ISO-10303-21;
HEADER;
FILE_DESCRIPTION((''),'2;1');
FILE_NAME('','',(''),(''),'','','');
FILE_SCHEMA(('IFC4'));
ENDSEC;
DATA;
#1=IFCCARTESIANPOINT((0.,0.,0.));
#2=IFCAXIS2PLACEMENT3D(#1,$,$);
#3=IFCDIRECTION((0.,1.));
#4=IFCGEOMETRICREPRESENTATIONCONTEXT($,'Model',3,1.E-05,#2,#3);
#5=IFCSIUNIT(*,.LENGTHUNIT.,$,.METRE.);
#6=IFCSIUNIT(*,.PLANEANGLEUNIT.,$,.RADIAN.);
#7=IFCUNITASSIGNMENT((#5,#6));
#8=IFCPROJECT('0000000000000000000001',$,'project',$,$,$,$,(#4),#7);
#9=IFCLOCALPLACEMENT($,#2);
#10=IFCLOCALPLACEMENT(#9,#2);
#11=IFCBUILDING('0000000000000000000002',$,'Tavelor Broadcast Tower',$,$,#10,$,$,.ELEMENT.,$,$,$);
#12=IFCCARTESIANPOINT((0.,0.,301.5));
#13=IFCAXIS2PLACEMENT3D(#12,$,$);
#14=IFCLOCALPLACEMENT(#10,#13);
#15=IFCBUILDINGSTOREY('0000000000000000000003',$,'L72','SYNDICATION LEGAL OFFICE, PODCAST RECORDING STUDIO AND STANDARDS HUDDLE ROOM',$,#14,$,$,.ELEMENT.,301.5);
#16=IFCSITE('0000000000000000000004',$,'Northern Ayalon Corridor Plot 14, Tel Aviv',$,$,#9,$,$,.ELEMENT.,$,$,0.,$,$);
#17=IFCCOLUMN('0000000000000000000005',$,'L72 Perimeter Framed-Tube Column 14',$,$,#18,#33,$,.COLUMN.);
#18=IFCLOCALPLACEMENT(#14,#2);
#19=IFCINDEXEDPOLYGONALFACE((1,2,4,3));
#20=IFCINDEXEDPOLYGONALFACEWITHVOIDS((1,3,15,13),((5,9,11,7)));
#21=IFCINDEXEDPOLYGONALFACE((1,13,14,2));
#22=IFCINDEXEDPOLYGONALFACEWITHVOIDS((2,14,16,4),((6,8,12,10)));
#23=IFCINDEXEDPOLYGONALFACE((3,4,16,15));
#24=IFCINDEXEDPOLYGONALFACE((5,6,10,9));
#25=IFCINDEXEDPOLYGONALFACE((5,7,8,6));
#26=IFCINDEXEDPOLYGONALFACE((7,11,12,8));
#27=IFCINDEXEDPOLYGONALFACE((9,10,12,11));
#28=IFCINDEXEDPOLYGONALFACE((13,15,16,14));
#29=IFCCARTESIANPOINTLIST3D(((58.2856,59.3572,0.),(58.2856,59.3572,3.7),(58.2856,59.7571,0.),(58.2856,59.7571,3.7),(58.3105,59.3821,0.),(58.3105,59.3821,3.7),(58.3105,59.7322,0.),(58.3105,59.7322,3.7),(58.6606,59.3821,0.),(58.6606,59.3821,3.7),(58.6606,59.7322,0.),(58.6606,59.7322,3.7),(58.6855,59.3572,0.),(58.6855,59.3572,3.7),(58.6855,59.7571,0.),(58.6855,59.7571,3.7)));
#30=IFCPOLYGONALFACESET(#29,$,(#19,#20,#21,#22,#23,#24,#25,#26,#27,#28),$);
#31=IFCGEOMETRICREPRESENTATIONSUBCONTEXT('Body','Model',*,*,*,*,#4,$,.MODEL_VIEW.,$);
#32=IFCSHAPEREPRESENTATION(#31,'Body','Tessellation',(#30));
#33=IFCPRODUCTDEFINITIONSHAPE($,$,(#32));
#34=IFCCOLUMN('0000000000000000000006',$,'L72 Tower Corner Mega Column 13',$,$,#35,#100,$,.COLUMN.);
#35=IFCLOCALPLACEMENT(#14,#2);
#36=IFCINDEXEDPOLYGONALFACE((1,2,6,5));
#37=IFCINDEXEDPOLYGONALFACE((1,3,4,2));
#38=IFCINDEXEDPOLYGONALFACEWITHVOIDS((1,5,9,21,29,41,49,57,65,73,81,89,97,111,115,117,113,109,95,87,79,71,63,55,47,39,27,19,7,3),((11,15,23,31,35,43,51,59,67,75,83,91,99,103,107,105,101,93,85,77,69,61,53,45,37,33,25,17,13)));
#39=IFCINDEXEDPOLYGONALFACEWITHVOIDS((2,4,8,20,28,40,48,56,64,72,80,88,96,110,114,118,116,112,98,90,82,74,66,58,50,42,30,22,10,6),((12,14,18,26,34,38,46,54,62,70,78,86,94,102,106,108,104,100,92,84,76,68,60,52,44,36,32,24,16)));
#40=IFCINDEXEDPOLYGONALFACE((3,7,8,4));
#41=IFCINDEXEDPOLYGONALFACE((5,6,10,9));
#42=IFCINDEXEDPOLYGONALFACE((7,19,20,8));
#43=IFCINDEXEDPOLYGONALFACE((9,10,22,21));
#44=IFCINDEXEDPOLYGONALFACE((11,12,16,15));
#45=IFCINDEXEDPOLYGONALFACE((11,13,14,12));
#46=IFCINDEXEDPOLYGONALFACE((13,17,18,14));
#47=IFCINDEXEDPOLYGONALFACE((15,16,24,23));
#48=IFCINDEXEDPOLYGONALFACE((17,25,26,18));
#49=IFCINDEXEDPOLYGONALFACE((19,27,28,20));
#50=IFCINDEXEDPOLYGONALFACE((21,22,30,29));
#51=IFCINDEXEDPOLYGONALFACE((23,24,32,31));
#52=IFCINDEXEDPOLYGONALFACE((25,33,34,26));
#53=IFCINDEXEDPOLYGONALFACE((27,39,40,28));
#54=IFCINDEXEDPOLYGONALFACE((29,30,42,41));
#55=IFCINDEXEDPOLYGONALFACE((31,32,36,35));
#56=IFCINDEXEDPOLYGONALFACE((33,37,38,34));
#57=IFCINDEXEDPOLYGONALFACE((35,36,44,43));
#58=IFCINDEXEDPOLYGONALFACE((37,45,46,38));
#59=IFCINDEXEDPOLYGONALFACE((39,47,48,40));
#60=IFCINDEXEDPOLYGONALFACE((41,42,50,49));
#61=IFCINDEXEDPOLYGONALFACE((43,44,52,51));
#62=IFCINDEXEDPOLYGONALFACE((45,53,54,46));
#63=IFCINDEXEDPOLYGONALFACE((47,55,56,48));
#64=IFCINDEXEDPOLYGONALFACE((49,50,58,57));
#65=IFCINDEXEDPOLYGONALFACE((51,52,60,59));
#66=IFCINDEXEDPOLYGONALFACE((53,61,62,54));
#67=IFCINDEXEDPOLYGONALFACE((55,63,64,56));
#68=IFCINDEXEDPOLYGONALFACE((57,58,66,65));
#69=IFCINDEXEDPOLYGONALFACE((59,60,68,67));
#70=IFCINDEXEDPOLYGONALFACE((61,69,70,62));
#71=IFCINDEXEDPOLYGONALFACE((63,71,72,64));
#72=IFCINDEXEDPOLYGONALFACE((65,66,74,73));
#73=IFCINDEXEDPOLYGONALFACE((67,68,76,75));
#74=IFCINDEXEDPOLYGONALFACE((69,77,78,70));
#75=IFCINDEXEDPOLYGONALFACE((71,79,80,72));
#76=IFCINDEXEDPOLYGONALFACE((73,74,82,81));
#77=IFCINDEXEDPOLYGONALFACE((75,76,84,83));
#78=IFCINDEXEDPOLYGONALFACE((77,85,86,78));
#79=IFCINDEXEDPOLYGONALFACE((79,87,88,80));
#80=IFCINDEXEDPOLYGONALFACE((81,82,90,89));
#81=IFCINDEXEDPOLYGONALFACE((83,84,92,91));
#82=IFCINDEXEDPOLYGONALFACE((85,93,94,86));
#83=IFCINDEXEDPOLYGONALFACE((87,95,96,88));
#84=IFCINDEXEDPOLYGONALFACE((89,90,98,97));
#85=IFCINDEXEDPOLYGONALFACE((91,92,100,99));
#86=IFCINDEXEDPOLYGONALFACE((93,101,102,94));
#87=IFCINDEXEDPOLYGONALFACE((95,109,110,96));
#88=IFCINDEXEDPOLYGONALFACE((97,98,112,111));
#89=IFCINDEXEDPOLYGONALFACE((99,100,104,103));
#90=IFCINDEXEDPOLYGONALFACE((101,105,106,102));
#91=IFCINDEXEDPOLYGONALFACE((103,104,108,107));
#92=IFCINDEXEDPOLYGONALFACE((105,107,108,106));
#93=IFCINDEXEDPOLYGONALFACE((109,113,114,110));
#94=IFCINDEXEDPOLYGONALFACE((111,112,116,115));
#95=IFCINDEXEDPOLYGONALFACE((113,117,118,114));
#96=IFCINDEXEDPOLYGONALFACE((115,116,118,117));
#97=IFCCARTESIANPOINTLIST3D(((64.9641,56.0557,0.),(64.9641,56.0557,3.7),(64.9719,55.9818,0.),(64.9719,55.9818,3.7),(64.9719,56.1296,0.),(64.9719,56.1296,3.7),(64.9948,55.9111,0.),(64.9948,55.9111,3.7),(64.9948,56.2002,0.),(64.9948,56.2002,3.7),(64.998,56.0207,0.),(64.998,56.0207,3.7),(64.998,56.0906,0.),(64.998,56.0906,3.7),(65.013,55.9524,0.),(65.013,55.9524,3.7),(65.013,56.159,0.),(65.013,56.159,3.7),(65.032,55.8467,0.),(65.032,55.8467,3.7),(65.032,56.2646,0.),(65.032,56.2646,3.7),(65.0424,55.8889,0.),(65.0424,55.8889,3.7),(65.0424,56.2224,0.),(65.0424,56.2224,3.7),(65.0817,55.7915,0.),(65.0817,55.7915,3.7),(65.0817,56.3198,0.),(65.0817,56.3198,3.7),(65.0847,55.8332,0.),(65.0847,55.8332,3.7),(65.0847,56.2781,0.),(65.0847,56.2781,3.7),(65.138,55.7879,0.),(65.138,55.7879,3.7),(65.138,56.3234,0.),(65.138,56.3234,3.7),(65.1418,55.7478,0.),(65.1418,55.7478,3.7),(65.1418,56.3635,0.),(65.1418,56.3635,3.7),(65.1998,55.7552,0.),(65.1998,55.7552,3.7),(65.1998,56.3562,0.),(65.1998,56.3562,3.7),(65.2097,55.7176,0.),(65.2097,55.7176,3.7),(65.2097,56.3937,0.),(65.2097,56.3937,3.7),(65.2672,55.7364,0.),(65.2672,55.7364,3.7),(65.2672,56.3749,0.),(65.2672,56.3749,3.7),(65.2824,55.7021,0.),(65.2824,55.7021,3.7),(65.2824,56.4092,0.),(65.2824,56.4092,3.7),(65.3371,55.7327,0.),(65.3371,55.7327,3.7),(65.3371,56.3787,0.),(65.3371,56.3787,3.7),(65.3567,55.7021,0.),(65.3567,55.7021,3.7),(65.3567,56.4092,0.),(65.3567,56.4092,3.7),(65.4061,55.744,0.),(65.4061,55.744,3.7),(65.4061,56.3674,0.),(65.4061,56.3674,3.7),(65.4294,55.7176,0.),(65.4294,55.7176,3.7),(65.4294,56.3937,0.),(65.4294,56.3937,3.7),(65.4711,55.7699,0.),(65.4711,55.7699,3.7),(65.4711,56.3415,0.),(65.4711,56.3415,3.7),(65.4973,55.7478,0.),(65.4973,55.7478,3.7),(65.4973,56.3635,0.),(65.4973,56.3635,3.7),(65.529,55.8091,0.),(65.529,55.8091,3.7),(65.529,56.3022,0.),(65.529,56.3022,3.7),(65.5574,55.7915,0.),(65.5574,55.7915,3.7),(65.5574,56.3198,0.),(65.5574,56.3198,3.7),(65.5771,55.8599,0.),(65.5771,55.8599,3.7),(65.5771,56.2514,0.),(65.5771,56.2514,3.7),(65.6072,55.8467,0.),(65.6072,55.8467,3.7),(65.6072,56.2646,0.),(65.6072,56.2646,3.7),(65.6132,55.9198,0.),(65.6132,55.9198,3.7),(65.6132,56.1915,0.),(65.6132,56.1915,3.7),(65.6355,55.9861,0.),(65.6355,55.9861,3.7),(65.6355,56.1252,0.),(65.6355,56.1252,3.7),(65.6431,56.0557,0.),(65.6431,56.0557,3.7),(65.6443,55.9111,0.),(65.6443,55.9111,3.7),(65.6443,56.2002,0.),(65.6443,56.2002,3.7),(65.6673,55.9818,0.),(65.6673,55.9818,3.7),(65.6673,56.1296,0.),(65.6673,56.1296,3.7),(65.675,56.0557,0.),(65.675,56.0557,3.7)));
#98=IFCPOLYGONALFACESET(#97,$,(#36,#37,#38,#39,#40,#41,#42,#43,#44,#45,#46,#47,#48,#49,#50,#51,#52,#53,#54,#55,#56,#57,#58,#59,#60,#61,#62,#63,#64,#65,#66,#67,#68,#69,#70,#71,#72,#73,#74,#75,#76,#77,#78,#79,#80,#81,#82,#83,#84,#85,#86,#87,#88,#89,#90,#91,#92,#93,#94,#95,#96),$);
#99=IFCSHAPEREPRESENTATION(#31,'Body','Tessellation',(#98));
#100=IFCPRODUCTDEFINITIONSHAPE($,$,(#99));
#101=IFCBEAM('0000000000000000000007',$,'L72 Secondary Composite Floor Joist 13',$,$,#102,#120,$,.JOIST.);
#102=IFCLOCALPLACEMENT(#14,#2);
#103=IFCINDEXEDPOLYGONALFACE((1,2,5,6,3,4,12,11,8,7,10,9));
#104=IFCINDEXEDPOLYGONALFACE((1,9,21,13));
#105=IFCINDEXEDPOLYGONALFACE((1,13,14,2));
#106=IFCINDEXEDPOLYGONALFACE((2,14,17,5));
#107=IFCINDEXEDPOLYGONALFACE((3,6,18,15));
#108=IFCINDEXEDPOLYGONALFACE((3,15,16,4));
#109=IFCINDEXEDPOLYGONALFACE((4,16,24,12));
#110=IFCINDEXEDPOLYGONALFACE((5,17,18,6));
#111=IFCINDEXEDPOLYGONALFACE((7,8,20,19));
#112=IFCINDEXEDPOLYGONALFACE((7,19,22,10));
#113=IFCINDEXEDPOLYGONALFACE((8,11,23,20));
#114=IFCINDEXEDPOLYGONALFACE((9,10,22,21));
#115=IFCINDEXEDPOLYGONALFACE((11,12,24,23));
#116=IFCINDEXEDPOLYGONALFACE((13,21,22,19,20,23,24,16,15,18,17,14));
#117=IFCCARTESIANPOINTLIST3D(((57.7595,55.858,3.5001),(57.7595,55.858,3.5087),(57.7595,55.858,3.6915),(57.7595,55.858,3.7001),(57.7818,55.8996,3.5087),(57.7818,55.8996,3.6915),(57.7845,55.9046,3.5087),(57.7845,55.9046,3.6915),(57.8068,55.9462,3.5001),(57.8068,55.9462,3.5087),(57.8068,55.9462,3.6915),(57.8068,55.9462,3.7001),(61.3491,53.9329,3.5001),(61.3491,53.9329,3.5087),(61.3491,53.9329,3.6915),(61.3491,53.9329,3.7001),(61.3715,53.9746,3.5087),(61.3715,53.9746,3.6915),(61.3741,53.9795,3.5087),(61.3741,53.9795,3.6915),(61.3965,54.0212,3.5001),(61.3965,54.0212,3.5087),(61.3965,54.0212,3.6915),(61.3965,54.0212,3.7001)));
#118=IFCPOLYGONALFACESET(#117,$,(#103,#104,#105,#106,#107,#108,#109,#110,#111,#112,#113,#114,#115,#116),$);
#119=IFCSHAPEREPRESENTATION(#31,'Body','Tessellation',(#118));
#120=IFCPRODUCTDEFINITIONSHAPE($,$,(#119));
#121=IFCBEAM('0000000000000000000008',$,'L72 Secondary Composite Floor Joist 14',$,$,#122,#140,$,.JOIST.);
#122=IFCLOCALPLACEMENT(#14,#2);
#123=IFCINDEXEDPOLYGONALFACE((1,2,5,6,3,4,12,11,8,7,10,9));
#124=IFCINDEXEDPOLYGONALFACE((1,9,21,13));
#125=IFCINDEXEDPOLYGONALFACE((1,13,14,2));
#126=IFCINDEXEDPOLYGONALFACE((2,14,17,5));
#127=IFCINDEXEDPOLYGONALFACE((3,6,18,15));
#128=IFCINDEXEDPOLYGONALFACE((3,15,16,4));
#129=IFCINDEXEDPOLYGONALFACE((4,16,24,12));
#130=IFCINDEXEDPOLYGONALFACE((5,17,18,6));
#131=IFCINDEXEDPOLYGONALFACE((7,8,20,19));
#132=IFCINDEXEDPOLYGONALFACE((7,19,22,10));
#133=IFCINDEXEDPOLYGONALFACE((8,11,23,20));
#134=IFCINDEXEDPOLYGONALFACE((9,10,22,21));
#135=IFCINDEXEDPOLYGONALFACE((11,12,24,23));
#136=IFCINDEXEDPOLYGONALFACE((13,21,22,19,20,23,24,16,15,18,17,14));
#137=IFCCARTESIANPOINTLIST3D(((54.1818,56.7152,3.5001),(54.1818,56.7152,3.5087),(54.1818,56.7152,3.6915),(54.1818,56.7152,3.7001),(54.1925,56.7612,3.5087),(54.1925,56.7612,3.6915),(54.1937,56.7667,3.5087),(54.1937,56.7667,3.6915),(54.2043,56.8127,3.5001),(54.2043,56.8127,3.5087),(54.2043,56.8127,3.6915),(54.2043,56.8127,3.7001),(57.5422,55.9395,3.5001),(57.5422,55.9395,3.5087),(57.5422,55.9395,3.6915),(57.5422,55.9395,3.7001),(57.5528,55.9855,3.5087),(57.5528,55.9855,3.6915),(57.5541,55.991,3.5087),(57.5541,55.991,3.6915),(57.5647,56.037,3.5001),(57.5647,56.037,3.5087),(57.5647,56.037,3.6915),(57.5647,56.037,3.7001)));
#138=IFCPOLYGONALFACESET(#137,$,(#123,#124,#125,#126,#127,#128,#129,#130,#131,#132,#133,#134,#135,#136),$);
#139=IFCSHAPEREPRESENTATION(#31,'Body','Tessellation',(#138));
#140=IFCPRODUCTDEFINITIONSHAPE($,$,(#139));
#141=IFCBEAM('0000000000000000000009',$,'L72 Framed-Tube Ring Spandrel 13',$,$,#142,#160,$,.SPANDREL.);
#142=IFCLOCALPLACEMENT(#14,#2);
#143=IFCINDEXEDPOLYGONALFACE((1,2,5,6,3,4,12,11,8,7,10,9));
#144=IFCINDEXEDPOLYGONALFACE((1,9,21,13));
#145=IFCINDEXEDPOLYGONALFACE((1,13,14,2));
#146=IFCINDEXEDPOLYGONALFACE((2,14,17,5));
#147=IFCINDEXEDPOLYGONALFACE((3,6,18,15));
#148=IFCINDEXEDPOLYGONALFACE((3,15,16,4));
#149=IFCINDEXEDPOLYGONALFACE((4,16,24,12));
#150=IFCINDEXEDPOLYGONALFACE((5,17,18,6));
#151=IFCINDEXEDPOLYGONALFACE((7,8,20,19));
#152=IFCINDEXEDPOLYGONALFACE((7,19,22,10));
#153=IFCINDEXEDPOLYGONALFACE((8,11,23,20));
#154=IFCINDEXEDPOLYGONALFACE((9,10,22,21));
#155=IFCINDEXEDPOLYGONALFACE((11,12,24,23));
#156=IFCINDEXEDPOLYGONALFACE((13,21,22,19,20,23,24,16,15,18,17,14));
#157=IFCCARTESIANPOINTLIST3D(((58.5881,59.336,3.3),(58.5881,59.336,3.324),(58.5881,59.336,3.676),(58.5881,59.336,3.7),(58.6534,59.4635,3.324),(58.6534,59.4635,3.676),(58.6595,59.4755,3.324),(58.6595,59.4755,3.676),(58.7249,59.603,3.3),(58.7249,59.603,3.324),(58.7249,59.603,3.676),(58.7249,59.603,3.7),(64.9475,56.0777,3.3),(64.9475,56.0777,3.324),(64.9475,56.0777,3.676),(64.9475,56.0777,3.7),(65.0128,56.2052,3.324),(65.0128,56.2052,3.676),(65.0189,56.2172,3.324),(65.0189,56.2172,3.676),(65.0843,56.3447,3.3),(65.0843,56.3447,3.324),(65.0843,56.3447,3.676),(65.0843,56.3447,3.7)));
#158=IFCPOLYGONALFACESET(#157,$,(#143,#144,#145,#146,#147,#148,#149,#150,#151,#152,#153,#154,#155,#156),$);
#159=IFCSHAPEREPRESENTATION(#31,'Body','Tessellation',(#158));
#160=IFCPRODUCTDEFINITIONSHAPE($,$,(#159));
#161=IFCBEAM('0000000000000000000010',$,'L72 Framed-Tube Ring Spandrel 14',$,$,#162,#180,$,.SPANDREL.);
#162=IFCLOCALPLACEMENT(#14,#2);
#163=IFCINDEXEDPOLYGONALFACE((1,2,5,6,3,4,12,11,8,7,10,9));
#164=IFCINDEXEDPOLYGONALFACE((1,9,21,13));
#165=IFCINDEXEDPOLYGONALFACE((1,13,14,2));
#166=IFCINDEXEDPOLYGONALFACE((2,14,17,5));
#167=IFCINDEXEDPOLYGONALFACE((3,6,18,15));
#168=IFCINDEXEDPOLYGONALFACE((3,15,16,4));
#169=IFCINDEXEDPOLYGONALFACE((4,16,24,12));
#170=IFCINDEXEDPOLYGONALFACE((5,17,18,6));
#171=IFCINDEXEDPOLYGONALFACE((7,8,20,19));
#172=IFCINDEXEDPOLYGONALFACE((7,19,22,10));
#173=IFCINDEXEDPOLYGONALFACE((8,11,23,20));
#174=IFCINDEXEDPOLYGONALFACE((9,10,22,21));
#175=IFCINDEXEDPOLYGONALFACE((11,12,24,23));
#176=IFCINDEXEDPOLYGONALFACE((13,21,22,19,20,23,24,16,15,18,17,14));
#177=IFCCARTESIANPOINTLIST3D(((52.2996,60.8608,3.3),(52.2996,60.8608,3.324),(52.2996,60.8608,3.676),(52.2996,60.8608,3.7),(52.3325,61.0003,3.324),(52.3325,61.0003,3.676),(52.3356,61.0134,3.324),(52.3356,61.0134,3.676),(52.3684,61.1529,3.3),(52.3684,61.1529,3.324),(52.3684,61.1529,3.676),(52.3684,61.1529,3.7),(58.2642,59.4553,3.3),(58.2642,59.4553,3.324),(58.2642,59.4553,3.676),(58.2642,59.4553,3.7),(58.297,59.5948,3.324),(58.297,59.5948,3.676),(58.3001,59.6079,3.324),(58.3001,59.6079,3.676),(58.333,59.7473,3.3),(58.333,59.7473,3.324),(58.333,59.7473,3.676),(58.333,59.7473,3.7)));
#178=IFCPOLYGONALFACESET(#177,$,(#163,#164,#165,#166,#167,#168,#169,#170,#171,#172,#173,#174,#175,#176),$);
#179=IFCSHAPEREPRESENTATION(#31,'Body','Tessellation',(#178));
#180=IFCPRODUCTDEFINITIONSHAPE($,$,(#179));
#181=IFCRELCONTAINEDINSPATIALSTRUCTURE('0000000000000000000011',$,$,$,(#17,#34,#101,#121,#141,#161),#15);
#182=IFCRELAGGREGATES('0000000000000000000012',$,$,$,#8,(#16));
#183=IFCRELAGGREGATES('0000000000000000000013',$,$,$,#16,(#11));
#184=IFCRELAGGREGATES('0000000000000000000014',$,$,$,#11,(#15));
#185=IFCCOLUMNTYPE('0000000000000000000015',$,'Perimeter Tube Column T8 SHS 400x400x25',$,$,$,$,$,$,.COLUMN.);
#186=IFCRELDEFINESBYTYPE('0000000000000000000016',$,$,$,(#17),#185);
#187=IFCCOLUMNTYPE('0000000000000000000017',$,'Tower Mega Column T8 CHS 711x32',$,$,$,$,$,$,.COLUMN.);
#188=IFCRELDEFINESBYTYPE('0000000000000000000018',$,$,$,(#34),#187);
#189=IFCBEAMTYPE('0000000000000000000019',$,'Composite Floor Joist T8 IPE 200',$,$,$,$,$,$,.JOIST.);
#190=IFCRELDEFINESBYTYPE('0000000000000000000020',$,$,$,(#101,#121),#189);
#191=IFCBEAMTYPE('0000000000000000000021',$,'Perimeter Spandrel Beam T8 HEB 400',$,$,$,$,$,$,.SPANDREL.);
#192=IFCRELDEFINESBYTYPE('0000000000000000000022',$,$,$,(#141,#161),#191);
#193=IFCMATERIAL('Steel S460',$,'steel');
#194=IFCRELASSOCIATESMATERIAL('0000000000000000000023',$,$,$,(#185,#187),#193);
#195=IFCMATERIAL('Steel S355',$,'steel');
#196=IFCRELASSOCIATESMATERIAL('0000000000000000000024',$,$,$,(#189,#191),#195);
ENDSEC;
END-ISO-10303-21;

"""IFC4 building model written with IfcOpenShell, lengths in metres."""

from ifc_helpers import new_model, si_unit, direction, frame, origin, origin_2d, place, context, subcontext, project, spatial, hollow_rectangle, hollow_circle, i_section, extrude, material, material_profile, profile_set, type_object, element, save


model = new_model("IFC4")

# Units and contexts
model_context = context("Model", 3, precision=1e-05, world=origin(), true_north=direction((0.0, 1.0)))
body_context = subcontext(model_context, "Body", "Model", "MODEL_VIEW")
ifc_project = project(units=[si_unit("LENGTHUNIT", "METRE"), si_unit("PLANEANGLEUNIT", "RADIAN")], contexts=[model_context])

# Site, building, storey
site_placement = place(None, origin())
site = spatial("IfcSite", under=ifc_project, at=site_placement, Name="Northern Ayalon Corridor Plot 14, Tel Aviv", CompositionType="ELEMENT", RefElevation=0.0)
building_placement = place(site_placement, origin())
building = spatial("IfcBuilding", under=site, at=building_placement, Name="Tavelor Broadcast Tower", CompositionType="ELEMENT")
storey_placement = place(building_placement, frame((0.0, 0.0, 301.5)))
storey = spatial("IfcBuildingStorey", under=building, at=storey_placement, Name="L72", Description="SYNDICATION LEGAL OFFICE, PODCAST RECORDING STUDIO AND STANDARDS HUDDLE ROOM", CompositionType="ELEMENT", Elevation=301.5)

# Columns
ifc_material_1 = material(Name="Steel S460", Category="steel")
ifc_material_profile_1 = material_profile(ifc_material_1, hollow_rectangle(XDim=0.3999, YDim=0.3999, WallThickness=0.0249, at=origin_2d()), Name="SHS 400x400x25")
ifc_profile_set_1 = profile_set([ifc_material_profile_1], Name="Steel S460")
column_type_1 = type_object("IfcColumnType", Name="Perimeter Tube Column T8 SHS 400x400x25", PredefinedType="COLUMN", material=ifc_profile_set_1)
column_1_placement = place(storey_placement, frame((58.4856, 59.5571, 0.0), z_axis=(0.0, 0.0, 1.0), x_axis=(1.0, 0.0, 0.0)))
element("IfcColumn", 1, at=column_1_placement, inside=storey, type_object=column_type_1, Name="L72 Perimeter Framed-Tube Column 14", PredefinedType="COLUMN", context=body_context, shape_type="SweptSolid", body=[
    extrude(hollow_rectangle(XDim=0.3999, YDim=0.3999, WallThickness=0.0249, at=origin_2d()), origin(), (0.0, 0.0, 1.0), 3.7),
])
ifc_material_profile_2 = material_profile(ifc_material_1, hollow_circle(Radius=0.3555, WallThickness=0.032, at=origin_2d()), Name="CHS 711x32")
ifc_profile_set_2 = profile_set([ifc_material_profile_2], Name="Steel S460")
column_type_2 = type_object("IfcColumnType", Name="Tower Mega Column T8 CHS 711x32", PredefinedType="COLUMN", material=ifc_profile_set_2)
column_2_placement = place(storey_placement, frame((65.3196, 56.0557, 0.0), z_axis=(0.0, 0.0, 1.0), x_axis=(1.0, 0.0, 0.0)))
element("IfcColumn", 2, at=column_2_placement, inside=storey, type_object=column_type_2, Name="L72 Tower Corner Mega Column 13", PredefinedType="COLUMN", context=body_context, shape_type="SweptSolid", body=[
    extrude(hollow_circle(Radius=0.3555, WallThickness=0.032, at=origin_2d()), origin(), (0.0, 0.0, 1.0), 3.7),
])

# Beams
ifc_material_2 = material(Name="Steel S355", Category="steel")
ifc_material_profile_3 = material_profile(ifc_material_2, i_section(OverallWidth=0.1001, OverallDepth=0.2, WebThickness=0.0056, FlangeThickness=0.0085, at=origin_2d()), Name="IPE 200")
ifc_profile_set_3 = profile_set([ifc_material_profile_3], Name="Steel S355")
beam_type_1 = type_object("IfcBeamType", Name="Composite Floor Joist T8 IPE 200", PredefinedType="JOIST", material=ifc_profile_set_3)
beam_1_placement = place(storey_placement, frame((61.3728, 53.9771, 3.6001), z_axis=(-0.88127, 0.472612, 0.0), x_axis=(-0.472612, -0.88127, 0.0)))
element("IfcBeam", 3, at=beam_1_placement, inside=storey, type_object=beam_type_1, Name="L72 Secondary Composite Floor Joist 13", PredefinedType="JOIST", context=body_context, shape_type="SweptSolid", body=[
    extrude(i_section(OverallWidth=0.1001, OverallDepth=0.2, WebThickness=0.0056, FlangeThickness=0.0085, at=origin_2d()), origin(), (0.0, 0.0, 1.0), 4.0732),
])
beam_2_placement = place(storey_placement, frame((57.5535, 55.9883, 3.6001), z_axis=(-0.97438, 0.224906, 0.0), x_axis=(-0.224906, -0.97438, 0.0)))
element("IfcBeam", 4, at=beam_2_placement, inside=storey, type_object=beam_type_1, Name="L72 Secondary Composite Floor Joist 14", PredefinedType="JOIST", context=body_context, shape_type="SweptSolid", body=[
    extrude(i_section(OverallWidth=0.1001, OverallDepth=0.2, WebThickness=0.0056, FlangeThickness=0.0085, at=origin_2d()), origin(), (0.0, 0.0, 1.0), 3.4487),
])
ifc_material_profile_4 = material_profile(ifc_material_2, i_section(OverallWidth=0.3, OverallDepth=0.3999, WebThickness=0.0134, FlangeThickness=0.0239, at=origin_2d()), Name="HEB 400")
ifc_profile_set_4 = profile_set([ifc_material_profile_4], Name="Steel S355")
beam_type_2 = type_object("IfcBeamType", Name="Perimeter Spandrel Beam T8 HEB 400", PredefinedType="SPANDREL", material=ifc_profile_set_4)
beam_3_placement = place(storey_placement, frame((65.0159, 56.2112, 3.5), z_axis=(-0.889983, 0.455993, 0.0), x_axis=(-0.455993, -0.889983, 0.0)))
element("IfcBeam", 5, at=beam_3_placement, inside=storey, type_object=beam_type_2, Name="L72 Framed-Tube Ring Spandrel 13", PredefinedType="SPANDREL", context=body_context, shape_type="SweptSolid", body=[
    extrude(i_section(OverallWidth=0.3, OverallDepth=0.3999, WebThickness=0.0134, FlangeThickness=0.0239, at=origin_2d()), origin(), (0.0, 0.0, 1.0), 7.1455),
])
beam_4_placement = place(storey_placement, frame((58.2986, 59.6013, 3.5), z_axis=(-0.973341, 0.229361, 0.0), x_axis=(-0.229361, -0.973341, 0.0)))
element("IfcBeam", 6, at=beam_4_placement, inside=storey, type_object=beam_type_2, Name="L72 Framed-Tube Ring Spandrel 14", PredefinedType="SPANDREL", context=body_context, shape_type="SweptSolid", body=[
    extrude(i_section(OverallWidth=0.3, OverallDepth=0.3999, WebThickness=0.0134, FlangeThickness=0.0239, at=origin_2d()), origin(), (0.0, 0.0, 1.0), 6.1279),
])

save(model, "model.ifc")
